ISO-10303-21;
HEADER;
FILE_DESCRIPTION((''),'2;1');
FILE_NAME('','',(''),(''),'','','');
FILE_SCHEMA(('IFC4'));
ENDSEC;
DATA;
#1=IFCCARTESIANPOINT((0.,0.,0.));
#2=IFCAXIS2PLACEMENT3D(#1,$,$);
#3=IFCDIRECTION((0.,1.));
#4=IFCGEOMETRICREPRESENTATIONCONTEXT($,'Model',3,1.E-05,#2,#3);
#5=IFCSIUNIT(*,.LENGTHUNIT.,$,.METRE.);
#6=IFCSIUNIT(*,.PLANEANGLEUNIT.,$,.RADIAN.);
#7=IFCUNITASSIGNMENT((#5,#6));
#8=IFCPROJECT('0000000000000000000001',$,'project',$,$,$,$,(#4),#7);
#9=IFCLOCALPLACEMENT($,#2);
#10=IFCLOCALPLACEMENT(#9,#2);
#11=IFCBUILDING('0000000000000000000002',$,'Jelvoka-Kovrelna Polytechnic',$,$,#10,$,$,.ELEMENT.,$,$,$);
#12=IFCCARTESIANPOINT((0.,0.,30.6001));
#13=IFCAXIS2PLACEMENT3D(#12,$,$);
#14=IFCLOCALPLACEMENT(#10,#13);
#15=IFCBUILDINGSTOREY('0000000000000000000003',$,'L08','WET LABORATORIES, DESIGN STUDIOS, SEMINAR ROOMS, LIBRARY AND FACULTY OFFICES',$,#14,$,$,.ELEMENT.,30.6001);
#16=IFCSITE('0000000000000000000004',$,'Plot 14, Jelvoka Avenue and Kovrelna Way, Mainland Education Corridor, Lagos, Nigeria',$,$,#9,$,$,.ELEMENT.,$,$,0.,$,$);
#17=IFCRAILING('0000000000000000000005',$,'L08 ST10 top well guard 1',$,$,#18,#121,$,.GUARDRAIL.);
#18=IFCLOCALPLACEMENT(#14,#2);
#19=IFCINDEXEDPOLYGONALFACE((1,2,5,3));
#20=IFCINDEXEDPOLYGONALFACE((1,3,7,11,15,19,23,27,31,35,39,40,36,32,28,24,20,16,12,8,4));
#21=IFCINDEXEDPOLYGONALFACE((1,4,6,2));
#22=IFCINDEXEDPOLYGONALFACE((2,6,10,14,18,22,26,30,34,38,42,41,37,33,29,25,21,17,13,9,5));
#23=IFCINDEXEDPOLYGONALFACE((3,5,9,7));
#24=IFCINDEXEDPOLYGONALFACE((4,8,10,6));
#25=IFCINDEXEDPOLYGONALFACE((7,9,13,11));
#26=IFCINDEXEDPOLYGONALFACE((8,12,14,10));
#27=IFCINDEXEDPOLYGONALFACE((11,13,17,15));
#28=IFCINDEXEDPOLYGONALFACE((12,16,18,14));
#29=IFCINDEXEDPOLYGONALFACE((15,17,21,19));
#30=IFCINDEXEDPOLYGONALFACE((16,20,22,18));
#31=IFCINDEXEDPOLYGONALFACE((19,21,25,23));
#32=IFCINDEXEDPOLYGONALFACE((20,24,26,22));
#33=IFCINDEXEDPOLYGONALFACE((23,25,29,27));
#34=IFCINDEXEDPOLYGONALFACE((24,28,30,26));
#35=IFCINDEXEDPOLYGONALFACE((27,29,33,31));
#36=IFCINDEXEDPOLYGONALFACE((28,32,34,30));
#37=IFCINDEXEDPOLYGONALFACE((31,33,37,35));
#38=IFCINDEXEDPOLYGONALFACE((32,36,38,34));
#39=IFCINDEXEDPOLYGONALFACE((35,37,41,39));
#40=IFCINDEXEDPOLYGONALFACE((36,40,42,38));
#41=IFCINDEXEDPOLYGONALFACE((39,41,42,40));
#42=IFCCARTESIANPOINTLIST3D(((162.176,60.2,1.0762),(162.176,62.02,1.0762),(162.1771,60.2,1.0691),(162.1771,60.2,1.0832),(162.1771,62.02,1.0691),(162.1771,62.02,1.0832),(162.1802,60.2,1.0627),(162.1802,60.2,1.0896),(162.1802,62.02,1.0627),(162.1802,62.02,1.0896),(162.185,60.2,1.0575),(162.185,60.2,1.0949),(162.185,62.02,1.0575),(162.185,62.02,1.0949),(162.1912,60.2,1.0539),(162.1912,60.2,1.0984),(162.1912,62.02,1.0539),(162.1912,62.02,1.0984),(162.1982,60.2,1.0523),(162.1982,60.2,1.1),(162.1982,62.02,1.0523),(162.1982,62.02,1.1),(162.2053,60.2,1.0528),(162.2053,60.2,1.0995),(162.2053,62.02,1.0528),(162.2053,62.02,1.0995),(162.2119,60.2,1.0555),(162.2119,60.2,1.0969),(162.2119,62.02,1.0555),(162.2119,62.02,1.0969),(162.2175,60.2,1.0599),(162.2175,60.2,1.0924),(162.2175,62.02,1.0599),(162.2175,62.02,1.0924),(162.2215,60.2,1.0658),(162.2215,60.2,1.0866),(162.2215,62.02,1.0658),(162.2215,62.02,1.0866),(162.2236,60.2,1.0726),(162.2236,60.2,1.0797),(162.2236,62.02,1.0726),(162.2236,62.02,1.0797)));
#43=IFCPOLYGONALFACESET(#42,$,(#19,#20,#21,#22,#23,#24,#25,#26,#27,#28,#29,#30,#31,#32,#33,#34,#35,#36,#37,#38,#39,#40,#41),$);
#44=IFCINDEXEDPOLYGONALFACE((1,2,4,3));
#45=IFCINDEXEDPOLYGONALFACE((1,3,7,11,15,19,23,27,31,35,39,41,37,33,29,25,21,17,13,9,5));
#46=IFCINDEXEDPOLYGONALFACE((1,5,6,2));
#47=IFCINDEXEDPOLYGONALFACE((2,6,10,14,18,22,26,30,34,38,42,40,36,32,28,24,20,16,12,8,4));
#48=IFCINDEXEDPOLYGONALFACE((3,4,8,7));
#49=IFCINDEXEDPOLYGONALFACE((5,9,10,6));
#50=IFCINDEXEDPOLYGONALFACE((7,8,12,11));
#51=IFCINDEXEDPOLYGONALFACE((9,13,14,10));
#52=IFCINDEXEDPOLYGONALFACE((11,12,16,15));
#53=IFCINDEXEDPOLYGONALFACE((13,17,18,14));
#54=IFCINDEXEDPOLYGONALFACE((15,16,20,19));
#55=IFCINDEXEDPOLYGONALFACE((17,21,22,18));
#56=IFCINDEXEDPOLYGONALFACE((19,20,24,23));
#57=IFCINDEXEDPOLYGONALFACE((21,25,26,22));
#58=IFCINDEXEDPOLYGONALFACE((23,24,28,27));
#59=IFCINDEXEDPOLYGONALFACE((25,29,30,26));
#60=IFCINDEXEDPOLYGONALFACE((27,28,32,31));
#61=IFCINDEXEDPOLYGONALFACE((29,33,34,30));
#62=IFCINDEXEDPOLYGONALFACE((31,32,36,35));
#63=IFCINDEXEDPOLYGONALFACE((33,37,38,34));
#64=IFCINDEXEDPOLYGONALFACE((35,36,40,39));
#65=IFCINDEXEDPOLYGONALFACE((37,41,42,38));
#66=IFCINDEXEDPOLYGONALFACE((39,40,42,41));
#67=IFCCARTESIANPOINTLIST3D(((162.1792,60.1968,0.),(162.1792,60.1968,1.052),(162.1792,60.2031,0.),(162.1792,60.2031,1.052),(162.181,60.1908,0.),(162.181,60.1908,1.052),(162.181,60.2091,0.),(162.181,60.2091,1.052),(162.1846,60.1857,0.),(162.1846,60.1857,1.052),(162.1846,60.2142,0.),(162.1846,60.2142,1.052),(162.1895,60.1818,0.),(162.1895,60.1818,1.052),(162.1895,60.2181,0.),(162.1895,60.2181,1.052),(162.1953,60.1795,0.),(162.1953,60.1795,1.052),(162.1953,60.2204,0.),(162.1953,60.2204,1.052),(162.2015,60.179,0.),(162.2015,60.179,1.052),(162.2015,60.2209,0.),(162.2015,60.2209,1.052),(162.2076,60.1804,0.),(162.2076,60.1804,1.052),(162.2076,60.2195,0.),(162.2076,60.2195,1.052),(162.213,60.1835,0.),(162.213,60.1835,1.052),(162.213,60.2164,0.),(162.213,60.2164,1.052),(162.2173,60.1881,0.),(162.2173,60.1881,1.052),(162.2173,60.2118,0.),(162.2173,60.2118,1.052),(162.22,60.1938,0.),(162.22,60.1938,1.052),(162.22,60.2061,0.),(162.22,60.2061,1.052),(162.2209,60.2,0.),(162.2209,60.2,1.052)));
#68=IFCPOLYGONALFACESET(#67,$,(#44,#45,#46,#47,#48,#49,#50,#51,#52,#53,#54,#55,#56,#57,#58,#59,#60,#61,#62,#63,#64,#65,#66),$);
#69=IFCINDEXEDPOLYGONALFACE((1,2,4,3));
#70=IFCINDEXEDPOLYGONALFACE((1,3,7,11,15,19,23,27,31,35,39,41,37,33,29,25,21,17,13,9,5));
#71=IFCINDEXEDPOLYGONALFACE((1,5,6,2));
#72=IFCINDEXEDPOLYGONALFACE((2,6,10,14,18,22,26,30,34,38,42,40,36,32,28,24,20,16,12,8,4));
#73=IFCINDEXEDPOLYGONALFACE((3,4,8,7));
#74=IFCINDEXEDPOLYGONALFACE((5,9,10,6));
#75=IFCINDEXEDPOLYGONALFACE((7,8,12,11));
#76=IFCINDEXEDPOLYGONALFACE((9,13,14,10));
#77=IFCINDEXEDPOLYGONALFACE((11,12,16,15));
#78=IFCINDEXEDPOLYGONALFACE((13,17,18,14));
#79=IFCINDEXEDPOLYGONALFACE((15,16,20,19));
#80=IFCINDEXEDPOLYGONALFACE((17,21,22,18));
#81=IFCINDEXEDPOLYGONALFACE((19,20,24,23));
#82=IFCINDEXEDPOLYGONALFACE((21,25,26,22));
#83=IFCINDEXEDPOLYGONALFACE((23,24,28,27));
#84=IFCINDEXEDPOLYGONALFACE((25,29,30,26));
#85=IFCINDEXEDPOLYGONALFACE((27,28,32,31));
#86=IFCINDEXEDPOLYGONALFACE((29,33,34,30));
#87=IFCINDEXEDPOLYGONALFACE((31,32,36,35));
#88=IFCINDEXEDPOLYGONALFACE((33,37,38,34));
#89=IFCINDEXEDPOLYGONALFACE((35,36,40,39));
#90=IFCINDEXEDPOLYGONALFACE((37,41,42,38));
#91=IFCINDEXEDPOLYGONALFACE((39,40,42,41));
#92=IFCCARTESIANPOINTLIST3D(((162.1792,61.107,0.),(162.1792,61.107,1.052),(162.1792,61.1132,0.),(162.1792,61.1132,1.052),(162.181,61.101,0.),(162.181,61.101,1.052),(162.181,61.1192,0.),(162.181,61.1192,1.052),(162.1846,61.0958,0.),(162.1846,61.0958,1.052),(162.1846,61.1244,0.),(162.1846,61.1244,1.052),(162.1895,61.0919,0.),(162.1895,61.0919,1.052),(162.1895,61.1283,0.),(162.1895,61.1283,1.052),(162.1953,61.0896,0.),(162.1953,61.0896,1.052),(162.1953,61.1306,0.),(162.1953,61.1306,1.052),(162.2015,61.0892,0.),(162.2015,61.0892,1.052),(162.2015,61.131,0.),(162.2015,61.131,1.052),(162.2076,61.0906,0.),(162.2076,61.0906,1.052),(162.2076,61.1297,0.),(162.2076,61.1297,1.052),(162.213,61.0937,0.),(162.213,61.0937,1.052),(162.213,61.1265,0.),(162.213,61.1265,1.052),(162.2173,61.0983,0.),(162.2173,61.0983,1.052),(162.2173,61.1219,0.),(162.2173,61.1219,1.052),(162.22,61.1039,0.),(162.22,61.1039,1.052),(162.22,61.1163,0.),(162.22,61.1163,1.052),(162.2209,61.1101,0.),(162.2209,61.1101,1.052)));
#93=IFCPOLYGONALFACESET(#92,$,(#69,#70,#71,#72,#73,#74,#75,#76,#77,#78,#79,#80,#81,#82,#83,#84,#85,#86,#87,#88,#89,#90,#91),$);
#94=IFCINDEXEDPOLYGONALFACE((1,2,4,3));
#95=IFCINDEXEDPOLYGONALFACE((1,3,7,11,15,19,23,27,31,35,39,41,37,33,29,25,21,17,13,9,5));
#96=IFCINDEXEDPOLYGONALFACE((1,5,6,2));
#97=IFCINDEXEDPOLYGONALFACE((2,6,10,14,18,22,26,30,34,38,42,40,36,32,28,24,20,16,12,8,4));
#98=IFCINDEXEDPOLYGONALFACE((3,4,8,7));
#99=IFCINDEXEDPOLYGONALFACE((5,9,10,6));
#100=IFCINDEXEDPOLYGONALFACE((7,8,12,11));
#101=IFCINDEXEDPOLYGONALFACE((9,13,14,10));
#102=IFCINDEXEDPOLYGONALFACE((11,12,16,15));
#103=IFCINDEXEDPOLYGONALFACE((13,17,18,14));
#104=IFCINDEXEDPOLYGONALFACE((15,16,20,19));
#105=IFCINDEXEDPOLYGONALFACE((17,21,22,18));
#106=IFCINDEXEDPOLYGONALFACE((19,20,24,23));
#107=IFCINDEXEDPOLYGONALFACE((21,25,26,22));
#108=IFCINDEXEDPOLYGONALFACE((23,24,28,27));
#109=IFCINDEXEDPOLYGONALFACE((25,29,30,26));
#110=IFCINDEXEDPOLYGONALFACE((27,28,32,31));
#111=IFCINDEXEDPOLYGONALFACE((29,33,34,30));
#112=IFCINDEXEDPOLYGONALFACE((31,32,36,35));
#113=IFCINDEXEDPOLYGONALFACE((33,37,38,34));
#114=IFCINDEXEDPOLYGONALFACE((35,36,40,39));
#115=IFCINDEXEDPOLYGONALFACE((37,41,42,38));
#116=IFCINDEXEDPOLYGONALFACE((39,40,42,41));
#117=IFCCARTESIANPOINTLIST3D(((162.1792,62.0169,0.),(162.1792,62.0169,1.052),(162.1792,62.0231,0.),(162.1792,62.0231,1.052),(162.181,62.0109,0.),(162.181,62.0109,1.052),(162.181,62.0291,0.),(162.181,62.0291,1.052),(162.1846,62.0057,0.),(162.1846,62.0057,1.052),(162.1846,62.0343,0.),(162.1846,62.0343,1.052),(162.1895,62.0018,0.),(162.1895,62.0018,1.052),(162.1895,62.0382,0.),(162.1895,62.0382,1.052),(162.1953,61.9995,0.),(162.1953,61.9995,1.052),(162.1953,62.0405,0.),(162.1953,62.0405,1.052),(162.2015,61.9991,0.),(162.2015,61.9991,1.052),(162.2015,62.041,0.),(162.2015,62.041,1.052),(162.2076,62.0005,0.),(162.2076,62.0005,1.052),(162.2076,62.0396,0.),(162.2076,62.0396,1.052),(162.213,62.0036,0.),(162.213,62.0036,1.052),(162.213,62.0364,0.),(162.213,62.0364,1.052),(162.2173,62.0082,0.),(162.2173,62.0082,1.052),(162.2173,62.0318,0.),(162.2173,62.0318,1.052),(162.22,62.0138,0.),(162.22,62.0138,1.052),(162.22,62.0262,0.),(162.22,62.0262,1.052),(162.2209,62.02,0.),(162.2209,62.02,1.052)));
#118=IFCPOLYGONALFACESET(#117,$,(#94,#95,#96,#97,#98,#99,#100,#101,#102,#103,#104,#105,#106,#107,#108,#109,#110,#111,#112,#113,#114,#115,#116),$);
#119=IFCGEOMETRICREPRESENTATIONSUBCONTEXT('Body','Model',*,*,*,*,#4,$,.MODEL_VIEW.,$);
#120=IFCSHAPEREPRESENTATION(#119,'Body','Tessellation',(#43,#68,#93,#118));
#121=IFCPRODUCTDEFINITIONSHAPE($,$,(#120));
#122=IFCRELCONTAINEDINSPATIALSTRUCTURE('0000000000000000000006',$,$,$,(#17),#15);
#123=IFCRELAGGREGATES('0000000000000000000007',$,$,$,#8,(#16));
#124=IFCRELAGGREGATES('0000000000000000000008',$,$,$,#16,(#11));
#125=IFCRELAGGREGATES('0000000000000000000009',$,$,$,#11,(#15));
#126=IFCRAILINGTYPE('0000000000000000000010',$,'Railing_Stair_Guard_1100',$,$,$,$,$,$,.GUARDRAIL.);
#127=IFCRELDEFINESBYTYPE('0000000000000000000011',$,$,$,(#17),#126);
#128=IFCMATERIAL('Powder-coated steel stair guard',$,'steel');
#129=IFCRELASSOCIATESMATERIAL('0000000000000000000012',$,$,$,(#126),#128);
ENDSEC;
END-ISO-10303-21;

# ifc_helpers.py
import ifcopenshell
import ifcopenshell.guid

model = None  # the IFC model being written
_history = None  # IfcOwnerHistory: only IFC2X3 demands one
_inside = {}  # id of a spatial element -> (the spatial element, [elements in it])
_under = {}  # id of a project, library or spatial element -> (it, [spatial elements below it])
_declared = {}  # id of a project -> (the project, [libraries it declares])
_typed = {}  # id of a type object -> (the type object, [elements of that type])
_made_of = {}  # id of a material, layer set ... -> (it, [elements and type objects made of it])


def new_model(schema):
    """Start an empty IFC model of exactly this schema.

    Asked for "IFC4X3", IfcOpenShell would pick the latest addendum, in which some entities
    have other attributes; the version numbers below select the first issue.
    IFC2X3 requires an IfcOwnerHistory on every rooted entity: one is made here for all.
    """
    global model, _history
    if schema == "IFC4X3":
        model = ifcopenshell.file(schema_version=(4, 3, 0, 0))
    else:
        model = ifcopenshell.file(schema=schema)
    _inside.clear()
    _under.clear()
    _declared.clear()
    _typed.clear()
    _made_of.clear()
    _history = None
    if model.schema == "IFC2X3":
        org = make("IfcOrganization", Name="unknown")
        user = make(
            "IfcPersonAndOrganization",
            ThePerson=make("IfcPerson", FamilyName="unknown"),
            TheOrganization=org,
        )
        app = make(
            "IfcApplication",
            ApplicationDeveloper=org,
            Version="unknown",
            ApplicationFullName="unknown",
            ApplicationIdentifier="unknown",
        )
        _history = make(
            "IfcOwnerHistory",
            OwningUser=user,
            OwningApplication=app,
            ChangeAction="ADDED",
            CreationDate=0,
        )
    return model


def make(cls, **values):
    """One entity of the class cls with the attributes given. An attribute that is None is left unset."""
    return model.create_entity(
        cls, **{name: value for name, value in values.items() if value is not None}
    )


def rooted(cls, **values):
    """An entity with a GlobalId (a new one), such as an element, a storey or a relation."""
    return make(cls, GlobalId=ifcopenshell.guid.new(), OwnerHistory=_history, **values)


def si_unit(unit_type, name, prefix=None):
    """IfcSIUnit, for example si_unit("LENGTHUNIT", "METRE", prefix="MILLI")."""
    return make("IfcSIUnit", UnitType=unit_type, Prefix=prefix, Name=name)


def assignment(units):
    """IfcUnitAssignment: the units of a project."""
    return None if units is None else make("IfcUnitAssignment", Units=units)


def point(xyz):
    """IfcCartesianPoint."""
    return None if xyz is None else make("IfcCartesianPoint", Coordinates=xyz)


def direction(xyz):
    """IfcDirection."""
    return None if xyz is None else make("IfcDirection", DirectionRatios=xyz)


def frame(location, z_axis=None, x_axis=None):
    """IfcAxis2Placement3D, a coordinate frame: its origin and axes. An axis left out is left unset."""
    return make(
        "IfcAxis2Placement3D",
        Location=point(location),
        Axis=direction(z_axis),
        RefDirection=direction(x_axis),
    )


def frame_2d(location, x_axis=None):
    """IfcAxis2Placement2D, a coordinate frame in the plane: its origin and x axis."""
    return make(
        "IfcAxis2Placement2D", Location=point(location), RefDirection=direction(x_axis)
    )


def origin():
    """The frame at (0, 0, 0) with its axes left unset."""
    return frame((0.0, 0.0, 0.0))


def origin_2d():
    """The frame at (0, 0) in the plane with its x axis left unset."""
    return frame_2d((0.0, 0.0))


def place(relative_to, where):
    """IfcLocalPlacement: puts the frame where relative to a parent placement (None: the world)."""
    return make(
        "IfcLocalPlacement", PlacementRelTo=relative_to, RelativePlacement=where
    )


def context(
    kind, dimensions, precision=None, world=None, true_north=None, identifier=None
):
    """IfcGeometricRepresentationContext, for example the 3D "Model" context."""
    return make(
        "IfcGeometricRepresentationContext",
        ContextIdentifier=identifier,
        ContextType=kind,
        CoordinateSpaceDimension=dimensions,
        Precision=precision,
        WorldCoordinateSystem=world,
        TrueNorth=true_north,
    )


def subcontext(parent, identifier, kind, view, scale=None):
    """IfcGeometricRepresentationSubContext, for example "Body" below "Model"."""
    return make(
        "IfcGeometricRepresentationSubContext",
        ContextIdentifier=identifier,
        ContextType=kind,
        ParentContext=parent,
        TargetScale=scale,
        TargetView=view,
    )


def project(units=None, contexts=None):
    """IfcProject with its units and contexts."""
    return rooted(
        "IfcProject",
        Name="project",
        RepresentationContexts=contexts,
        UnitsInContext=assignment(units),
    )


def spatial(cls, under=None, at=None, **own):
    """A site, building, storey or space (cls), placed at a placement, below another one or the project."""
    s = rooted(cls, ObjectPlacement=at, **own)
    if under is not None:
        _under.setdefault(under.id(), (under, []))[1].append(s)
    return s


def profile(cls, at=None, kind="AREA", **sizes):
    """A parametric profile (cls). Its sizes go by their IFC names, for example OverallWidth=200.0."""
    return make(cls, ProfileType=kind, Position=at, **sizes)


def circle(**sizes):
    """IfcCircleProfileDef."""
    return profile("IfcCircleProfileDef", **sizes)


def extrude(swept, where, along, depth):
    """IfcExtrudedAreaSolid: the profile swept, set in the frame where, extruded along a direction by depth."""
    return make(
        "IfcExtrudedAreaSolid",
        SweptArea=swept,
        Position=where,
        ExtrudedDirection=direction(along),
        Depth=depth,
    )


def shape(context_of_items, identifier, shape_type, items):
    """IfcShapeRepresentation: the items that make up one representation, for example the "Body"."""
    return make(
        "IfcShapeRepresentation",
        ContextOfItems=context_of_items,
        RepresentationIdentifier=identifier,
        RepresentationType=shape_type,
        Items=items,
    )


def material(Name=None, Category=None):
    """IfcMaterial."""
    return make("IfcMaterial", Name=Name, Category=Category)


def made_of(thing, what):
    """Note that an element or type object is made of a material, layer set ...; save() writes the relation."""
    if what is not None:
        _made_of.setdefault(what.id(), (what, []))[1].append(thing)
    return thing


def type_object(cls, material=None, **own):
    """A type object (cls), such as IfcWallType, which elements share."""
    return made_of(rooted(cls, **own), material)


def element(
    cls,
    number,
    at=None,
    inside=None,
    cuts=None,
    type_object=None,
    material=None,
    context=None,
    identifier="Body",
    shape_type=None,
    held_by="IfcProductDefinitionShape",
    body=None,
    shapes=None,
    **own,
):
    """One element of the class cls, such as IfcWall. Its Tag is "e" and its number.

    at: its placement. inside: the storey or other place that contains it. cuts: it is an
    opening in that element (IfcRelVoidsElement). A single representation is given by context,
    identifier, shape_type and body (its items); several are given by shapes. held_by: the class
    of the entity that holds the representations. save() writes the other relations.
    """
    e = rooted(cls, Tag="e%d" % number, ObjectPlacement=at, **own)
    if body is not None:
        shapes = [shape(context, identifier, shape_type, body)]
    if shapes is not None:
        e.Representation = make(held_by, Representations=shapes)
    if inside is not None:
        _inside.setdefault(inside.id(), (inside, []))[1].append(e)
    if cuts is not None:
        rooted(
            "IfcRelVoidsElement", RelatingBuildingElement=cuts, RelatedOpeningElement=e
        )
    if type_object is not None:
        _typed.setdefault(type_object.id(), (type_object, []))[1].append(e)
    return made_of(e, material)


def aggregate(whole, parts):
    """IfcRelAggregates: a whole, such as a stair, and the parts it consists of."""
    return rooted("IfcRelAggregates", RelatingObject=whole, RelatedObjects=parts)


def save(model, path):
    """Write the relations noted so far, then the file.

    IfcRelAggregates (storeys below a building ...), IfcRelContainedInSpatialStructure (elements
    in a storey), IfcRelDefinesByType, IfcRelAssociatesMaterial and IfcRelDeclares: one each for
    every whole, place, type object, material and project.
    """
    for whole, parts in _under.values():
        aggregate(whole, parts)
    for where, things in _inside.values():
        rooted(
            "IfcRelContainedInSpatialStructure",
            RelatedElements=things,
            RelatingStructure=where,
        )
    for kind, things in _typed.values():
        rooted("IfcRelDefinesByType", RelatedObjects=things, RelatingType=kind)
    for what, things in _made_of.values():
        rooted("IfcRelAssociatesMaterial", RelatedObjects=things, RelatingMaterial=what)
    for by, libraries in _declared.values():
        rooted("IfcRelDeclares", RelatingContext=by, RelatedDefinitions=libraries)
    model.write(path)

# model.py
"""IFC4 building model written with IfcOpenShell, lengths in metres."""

from ifc_helpers import new_model, si_unit, direction, frame, origin, origin_2d, place, context, subcontext, project, spatial, circle, extrude, material, type_object, element, save


model = new_model("IFC4")

# Units and contexts
model_context = context("Model", 3, precision=1e-05, world=origin(), true_north=direction((0.0, 1.0)))
body_context = subcontext(model_context, "Body", "Model", "MODEL_VIEW")
ifc_project = project(units=[si_unit("LENGTHUNIT", "METRE"), si_unit("PLANEANGLEUNIT", "RADIAN")], contexts=[model_context])

# Site, building, storey
site_placement = place(None, origin())
site = spatial("IfcSite", under=ifc_project, at=site_placement, Name="Plot 14, Jelvoka Avenue and Kovrelna Way, Mainland Education Corridor, Lagos, Nigeria", CompositionType="ELEMENT", RefElevation=0.0)
building_placement = place(site_placement, origin())
building = spatial("IfcBuilding", under=site, at=building_placement, Name="Jelvoka-Kovrelna Polytechnic", CompositionType="ELEMENT")
storey_placement = place(building_placement, frame((0.0, 0.0, 30.6001)))
storey = spatial("IfcBuildingStorey", under=building, at=storey_placement, Name="L08", Description="WET LABORATORIES, DESIGN STUDIOS, SEMINAR ROOMS, LIBRARY AND FACULTY OFFICES", CompositionType="ELEMENT", Elevation=30.6001)

# Railing
ifc_material_1 = material(Name="Powder-coated steel stair guard", Category="steel")
railing_type = type_object("IfcRailingType", Name="Railing_Stair_Guard_1100", PredefinedType="GUARDRAIL", material=ifc_material_1)
railing_placement = place(storey_placement, frame((162.2, 60.2, 0.0)))
element("IfcRailing", 1, at=railing_placement, inside=storey, type_object=railing_type, Name="L08 ST10 top well guard 1", PredefinedType="GUARDRAIL", context=body_context, shape_type="SweptSolid", body=[
    extrude(circle(Radius=0.0239, at=origin_2d()), frame((0.0, 0.0, 1.0762), z_axis=(0.0, 1.0, 0.0), x_axis=(-1.0, 0.0, 0.0)), (0.0, 0.0, 1.0), 1.8201),
    extrude(circle(Radius=0.021, at=origin_2d()), origin(), (0.0, 0.0, 1.0), 1.052),
    extrude(circle(Radius=0.021, at=origin_2d()), frame((0.0, 0.9102, 0.0)), (0.0, 0.0, 1.0), 1.052),
    extrude(circle(Radius=0.021, at=origin_2d()), frame((0.0, 1.8201, 0.0)), (0.0, 0.0, 1.0), 1.052),
])

save(model, "model.ifc")
